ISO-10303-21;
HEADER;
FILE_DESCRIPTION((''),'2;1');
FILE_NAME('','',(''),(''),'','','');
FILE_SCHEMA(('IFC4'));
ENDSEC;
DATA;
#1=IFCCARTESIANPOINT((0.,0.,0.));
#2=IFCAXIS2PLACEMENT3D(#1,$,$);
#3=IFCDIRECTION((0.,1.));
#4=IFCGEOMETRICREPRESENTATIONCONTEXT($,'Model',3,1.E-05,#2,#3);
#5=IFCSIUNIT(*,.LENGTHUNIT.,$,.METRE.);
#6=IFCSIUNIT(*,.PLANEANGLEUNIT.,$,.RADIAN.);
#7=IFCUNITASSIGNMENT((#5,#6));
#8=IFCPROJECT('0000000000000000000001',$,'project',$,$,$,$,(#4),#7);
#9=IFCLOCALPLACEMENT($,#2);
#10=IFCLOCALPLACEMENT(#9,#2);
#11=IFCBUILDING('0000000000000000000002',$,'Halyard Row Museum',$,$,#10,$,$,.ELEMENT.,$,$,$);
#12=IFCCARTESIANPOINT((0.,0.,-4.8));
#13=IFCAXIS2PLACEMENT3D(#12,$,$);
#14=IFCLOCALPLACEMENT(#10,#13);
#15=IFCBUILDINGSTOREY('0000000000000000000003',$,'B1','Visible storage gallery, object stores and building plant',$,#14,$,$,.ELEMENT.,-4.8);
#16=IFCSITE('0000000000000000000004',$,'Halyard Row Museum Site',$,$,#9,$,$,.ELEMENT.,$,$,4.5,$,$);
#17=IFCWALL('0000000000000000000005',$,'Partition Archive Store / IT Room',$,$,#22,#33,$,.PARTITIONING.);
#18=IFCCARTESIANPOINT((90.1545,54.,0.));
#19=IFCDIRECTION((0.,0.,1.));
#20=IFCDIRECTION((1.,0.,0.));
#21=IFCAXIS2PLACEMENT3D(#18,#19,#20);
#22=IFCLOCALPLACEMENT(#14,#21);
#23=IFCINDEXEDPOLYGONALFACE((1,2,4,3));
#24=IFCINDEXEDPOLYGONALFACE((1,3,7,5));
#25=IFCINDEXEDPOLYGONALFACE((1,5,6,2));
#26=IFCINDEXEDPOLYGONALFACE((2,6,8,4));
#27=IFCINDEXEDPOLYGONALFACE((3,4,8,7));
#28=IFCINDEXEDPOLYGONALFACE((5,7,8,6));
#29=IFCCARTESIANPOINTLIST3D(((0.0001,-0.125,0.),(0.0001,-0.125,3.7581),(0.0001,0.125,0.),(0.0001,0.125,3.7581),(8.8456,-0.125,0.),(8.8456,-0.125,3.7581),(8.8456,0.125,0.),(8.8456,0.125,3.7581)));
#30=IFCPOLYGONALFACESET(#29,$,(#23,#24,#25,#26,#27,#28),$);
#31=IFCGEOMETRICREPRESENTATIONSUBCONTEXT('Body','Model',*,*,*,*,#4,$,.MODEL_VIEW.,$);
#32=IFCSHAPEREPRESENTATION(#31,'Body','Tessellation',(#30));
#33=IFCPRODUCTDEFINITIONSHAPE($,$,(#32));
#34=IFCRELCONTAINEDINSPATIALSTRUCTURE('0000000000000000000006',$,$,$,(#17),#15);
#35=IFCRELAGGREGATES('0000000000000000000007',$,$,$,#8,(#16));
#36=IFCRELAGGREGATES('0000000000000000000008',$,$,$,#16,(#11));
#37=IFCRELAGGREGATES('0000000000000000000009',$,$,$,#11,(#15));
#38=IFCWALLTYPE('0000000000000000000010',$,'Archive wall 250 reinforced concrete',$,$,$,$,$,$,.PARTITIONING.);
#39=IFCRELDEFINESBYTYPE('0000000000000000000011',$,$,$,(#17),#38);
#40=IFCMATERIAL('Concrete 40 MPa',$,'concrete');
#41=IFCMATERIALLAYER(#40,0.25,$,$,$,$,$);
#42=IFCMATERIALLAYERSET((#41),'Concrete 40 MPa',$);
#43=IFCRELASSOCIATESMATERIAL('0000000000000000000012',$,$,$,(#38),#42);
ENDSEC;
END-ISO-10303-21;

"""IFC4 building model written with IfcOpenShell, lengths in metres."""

from ifc_helpers import new_model, si_unit, direction, frame, frame_2d, origin, place, context, subcontext, project, spatial, rectangle, extrude, material, layer, layer_set, type_object, element, save


model = new_model("IFC4")

# Units and contexts
model_context = context("Model", 3, precision=1e-05, world=origin(), true_north=direction((0.0, 1.0)))
body_context = subcontext(model_context, "Body", "Model", "MODEL_VIEW")
ifc_project = project(units=[si_unit("LENGTHUNIT", "METRE"), si_unit("PLANEANGLEUNIT", "RADIAN")], contexts=[model_context])

# Site, building, storey
site_placement = place(None, origin())
site = spatial("IfcSite", under=ifc_project, at=site_placement, Name="Halyard Row Museum Site", CompositionType="ELEMENT", RefElevation=4.5)
building_placement = place(site_placement, origin())
building = spatial("IfcBuilding", under=site, at=building_placement, Name="Halyard Row Museum", CompositionType="ELEMENT")
storey_placement = place(building_placement, frame((0.0, 0.0, -4.8)))
storey = spatial("IfcBuildingStorey", under=building, at=storey_placement, Name="B1", Description="Visible storage gallery, object stores and building plant", CompositionType="ELEMENT", Elevation=-4.8)

# Shared definitions
ifc_material_1 = material(Name="Concrete 40 MPa", Category="concrete")
ifc_layer_1 = layer(ifc_material_1, 0.25)
ifc_layer_set_1 = layer_set([ifc_layer_1], Name="Concrete 40 MPa")
wall_type_1 = type_object("IfcWallType", Name="Archive wall 250 reinforced concrete", PredefinedType="PARTITIONING", material=ifc_layer_set_1)

# Wall
wall_1_placement = place(storey_placement, frame((90.1545, 54.0, 0.0), z_axis=(0.0, 0.0, 1.0), x_axis=(1.0, 0.0, 0.0)))
element("IfcWall", 1, at=wall_1_placement, inside=storey, type_object=wall_type_1, Name="Partition Archive Store / IT Room", PredefinedType="PARTITIONING", context=body_context, shape_type="SweptSolid", body=[
    extrude(rectangle(XDim=8.8455, YDim=0.25, at=frame_2d((4.4229, 0.0))), origin(), (0.0, 0.0, 1.0), 3.7581),
])

save(model, "model.ifc")
